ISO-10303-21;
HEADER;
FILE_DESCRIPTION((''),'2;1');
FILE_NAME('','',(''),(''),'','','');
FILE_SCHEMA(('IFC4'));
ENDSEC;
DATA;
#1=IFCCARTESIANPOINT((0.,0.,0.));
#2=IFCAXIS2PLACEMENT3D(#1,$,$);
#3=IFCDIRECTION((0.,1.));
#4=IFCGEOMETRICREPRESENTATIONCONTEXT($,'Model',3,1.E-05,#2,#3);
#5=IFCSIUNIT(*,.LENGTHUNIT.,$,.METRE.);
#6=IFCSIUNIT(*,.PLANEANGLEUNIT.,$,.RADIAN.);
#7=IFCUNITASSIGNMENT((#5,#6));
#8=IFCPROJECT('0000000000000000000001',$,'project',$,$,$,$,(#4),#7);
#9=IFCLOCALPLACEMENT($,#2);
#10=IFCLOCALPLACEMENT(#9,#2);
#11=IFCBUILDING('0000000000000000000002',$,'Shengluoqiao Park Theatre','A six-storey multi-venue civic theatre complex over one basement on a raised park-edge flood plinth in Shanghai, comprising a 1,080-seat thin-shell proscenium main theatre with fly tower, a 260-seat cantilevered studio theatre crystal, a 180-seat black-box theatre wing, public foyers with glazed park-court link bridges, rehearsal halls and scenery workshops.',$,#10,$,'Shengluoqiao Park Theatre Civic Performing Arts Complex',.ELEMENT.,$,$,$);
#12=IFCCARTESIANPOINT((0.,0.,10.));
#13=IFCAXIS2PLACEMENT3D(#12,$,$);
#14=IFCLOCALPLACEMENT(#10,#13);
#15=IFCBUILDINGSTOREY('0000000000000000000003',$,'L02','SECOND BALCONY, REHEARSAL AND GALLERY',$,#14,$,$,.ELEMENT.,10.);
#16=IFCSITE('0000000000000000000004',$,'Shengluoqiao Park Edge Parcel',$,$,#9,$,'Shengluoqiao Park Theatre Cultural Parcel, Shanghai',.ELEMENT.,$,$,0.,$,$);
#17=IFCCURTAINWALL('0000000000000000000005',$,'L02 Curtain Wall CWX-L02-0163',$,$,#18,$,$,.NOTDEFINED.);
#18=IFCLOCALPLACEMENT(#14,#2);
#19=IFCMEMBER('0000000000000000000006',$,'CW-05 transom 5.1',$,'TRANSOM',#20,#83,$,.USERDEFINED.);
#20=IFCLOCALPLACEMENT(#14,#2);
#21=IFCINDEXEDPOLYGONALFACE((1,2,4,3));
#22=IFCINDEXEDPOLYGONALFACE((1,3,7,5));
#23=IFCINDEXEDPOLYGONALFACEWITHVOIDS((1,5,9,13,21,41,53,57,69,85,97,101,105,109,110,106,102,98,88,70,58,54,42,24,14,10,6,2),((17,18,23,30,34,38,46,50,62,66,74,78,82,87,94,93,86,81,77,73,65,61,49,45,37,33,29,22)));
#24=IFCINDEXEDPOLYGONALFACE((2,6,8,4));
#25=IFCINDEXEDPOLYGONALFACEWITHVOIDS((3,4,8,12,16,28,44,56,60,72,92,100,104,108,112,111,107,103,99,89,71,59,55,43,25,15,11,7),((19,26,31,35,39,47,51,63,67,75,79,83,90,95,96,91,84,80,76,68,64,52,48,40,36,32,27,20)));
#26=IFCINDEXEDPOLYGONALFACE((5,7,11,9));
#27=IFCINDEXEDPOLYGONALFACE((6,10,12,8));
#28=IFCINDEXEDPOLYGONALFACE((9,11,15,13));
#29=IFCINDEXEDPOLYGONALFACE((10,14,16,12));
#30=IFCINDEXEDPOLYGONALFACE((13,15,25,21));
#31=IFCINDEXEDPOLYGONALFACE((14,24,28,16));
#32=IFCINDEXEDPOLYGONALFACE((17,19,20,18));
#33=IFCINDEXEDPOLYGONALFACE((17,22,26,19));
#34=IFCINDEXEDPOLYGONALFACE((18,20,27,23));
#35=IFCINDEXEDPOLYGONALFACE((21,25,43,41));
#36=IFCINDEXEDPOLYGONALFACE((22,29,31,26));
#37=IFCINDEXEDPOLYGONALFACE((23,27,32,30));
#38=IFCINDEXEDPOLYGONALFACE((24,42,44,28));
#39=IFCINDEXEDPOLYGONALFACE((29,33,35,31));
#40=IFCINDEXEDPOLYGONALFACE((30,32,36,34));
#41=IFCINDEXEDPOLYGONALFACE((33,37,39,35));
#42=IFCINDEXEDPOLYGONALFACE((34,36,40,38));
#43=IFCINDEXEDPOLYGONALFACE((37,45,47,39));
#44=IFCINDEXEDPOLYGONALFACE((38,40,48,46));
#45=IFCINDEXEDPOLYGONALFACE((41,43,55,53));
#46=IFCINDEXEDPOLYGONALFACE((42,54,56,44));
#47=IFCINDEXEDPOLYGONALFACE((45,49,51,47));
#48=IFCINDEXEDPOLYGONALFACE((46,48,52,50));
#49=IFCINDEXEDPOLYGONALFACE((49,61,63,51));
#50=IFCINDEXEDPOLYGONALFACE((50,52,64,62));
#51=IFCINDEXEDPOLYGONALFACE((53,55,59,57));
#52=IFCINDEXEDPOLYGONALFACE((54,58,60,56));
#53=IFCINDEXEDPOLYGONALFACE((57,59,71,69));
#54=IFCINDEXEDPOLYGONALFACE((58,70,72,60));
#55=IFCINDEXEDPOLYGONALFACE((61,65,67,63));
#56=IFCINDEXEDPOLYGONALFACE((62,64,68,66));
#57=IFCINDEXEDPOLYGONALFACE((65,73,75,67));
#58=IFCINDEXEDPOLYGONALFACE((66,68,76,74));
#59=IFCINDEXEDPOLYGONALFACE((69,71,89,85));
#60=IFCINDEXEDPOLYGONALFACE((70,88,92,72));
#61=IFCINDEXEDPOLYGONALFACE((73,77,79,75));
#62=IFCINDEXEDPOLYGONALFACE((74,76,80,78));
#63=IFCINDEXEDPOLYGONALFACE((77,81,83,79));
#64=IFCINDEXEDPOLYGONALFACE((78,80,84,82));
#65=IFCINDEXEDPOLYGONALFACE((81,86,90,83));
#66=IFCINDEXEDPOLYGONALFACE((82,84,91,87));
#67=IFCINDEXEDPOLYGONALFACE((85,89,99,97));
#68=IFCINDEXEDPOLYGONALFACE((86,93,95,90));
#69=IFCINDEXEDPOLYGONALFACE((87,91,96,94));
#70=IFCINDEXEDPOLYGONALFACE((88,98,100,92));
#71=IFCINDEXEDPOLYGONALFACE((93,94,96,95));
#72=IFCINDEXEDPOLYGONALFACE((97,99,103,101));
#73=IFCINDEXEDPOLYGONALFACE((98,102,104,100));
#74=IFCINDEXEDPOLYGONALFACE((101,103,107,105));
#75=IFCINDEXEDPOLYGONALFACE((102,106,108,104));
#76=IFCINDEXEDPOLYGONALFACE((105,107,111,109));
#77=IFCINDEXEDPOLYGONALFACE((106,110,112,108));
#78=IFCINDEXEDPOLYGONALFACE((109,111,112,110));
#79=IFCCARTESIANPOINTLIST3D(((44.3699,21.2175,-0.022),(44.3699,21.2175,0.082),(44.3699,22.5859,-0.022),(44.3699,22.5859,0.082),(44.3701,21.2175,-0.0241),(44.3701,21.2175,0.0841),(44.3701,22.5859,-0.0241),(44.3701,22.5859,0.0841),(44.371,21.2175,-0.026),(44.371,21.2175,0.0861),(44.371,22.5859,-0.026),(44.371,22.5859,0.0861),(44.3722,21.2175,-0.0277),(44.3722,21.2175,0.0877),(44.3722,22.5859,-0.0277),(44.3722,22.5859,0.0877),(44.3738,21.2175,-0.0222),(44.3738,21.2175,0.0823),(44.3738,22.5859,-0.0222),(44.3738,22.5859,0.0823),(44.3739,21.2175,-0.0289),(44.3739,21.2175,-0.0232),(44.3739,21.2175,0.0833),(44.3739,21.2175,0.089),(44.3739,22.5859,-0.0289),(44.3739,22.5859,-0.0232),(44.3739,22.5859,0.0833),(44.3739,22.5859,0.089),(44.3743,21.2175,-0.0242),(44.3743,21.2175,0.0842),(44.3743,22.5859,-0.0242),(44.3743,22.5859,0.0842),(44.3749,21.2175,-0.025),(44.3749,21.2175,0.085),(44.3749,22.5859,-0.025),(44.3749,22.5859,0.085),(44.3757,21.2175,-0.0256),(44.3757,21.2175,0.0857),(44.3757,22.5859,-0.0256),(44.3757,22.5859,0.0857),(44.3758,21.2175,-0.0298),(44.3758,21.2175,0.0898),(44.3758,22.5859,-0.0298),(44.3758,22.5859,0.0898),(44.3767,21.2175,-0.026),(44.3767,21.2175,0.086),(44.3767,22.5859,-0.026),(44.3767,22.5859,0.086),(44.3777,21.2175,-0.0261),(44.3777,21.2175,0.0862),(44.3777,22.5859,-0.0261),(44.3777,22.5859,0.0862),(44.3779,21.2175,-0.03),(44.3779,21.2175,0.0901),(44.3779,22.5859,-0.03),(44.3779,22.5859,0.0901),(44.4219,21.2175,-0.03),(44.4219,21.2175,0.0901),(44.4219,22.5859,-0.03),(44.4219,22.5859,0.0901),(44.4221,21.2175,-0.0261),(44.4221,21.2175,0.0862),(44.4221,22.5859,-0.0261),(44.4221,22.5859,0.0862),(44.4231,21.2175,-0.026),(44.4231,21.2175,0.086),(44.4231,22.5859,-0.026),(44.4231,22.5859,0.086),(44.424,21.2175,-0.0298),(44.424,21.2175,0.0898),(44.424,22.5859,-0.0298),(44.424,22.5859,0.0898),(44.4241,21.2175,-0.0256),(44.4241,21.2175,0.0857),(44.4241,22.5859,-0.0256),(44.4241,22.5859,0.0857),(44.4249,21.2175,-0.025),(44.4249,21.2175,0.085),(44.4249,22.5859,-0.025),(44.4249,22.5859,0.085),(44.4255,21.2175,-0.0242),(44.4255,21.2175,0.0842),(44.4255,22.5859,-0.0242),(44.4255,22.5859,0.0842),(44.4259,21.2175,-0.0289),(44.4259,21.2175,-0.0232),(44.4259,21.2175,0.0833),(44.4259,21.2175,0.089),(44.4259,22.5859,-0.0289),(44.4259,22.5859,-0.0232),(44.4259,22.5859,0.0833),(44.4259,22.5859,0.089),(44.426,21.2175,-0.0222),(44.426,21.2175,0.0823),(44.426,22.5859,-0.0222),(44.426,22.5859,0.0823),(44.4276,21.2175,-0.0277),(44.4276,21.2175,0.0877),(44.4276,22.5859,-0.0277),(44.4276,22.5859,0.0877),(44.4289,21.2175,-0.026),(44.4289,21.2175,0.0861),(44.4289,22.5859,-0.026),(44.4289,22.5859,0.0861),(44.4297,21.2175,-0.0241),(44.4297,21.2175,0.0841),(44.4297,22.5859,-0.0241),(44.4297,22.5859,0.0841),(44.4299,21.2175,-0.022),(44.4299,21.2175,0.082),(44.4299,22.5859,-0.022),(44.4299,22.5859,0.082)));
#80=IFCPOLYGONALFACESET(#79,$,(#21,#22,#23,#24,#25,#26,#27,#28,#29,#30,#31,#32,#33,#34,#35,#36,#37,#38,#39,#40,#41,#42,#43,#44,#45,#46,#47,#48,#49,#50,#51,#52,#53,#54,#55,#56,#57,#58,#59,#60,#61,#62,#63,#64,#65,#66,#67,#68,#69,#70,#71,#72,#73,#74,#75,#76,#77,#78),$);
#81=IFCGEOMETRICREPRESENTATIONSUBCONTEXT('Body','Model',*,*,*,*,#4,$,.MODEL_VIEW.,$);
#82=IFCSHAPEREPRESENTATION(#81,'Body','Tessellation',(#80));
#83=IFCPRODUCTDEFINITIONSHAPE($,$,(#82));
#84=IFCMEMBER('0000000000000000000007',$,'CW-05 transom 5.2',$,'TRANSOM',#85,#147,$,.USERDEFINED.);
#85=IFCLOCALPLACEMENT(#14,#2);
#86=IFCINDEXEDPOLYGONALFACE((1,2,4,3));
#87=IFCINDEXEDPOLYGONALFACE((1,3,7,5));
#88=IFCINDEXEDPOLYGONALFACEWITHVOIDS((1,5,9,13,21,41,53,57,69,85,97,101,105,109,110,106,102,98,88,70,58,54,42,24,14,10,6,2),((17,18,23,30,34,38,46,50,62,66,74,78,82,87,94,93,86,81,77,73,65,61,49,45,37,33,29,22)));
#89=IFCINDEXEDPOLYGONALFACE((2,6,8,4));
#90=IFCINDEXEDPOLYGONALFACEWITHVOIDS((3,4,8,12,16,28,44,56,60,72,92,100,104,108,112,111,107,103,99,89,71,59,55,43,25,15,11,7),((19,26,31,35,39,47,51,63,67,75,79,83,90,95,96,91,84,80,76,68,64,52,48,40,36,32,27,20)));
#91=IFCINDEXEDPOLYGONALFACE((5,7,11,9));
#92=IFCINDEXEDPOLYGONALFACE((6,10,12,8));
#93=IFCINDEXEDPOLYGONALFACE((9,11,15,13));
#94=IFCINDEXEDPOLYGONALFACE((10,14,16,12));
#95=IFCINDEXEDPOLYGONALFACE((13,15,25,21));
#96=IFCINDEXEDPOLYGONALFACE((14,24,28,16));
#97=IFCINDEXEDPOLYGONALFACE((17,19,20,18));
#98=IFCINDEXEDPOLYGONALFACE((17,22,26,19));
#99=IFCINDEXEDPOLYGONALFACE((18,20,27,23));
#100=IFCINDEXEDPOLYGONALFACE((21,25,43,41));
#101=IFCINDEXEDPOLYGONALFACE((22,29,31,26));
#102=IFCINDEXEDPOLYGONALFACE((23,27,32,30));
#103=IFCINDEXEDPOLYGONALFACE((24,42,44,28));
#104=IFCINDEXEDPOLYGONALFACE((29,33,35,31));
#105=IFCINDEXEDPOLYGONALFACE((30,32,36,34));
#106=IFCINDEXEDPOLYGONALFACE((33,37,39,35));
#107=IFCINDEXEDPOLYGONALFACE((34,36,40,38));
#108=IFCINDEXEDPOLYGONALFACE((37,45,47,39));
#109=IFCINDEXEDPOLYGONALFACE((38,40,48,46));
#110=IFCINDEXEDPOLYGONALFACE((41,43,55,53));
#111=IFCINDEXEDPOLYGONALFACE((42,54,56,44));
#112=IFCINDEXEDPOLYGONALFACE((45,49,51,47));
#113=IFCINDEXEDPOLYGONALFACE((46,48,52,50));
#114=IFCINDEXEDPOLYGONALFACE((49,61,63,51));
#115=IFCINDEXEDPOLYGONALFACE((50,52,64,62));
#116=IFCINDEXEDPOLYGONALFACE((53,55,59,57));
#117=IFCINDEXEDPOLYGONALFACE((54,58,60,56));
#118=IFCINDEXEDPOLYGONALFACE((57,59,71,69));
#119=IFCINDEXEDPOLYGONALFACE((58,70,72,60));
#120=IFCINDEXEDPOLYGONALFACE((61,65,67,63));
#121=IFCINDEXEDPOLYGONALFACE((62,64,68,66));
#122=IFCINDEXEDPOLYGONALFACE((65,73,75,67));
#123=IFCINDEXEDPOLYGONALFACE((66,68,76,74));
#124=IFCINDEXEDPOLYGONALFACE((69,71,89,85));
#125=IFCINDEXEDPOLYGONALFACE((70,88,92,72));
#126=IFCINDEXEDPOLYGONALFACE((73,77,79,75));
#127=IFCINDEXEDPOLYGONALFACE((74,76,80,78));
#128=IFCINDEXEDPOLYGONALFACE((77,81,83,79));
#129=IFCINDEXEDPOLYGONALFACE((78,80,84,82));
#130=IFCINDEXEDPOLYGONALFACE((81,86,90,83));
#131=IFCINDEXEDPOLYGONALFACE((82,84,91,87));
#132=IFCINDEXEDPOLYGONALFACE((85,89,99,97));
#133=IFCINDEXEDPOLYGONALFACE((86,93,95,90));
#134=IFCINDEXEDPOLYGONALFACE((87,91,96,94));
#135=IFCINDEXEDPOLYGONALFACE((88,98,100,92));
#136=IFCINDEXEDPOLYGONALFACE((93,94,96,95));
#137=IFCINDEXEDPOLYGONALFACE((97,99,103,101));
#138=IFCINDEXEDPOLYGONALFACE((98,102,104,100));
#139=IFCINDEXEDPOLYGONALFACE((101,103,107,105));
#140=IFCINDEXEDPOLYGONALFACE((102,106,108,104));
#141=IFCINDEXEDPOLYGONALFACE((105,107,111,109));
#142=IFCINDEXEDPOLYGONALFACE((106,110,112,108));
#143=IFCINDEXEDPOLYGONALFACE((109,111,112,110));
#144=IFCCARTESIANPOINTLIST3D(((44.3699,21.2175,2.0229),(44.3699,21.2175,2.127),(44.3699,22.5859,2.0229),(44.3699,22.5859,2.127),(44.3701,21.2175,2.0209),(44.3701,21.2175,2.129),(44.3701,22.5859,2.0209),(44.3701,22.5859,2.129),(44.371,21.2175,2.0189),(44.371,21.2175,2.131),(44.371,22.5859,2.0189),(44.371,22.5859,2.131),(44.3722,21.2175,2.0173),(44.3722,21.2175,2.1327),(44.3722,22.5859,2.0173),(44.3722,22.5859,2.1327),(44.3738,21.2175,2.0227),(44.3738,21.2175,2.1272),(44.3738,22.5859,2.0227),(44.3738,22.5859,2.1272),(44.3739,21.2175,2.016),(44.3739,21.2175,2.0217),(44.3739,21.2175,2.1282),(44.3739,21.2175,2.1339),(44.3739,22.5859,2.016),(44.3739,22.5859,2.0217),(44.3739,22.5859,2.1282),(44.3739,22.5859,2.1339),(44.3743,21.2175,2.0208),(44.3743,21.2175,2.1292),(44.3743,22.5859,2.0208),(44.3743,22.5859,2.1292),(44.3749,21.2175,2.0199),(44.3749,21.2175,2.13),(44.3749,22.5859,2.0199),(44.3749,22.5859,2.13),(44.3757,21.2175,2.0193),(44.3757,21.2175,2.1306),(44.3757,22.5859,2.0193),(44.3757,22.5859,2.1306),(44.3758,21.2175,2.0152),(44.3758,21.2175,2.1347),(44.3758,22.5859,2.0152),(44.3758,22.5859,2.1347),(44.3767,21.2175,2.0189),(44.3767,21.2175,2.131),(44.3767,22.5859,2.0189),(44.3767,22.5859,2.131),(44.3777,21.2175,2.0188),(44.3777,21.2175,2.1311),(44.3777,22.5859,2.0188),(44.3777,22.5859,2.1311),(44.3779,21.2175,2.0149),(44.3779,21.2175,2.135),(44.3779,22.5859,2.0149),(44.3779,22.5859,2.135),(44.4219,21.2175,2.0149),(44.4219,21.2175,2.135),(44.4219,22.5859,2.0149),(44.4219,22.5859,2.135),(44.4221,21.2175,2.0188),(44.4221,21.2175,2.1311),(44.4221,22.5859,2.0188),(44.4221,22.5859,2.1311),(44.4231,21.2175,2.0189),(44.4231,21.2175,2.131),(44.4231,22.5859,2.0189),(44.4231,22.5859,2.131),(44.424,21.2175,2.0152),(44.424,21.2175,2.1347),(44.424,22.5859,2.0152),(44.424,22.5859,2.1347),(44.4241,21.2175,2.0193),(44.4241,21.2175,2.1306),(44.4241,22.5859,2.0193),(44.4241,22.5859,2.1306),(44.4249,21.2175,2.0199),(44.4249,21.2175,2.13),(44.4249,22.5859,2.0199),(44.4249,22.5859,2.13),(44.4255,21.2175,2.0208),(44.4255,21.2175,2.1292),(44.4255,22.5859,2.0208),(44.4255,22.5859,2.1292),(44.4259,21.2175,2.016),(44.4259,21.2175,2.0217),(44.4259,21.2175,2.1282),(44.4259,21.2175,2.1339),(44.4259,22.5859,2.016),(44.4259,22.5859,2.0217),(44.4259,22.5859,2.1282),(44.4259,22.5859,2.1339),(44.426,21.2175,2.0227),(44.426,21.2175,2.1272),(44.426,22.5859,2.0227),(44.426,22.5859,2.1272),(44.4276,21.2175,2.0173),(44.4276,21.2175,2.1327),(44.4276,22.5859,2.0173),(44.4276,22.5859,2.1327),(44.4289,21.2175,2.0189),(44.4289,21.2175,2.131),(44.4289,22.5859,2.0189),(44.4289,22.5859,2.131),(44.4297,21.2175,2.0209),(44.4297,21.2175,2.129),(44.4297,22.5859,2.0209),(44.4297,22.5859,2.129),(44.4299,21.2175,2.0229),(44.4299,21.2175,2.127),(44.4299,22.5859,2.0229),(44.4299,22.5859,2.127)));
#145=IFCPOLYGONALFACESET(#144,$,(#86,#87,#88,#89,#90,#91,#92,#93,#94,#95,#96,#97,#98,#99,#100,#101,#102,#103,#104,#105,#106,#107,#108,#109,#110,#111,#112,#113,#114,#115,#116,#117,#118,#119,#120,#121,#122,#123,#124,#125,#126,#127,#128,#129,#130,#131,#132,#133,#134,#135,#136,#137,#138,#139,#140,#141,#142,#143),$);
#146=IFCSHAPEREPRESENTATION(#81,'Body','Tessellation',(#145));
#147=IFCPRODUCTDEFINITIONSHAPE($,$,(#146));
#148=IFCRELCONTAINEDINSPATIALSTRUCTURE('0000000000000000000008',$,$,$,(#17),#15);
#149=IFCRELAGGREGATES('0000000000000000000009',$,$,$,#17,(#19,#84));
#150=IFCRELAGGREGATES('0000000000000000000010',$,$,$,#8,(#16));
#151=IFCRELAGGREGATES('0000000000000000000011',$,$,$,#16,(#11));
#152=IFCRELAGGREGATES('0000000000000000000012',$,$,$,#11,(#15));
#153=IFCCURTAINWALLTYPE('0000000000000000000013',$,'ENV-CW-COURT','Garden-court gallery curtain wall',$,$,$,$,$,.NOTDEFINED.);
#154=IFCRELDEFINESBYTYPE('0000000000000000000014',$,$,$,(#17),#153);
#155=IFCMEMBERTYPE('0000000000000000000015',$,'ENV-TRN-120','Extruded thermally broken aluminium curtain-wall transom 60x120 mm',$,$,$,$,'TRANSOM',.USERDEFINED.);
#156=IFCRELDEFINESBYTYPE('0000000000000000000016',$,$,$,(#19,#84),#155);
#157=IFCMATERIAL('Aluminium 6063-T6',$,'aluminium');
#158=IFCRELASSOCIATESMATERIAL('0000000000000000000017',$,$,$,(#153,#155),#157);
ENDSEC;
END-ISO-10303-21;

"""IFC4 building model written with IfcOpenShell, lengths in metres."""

from ifc_helpers import new_model, si_unit, direction, frame, origin, origin_2d, place, context, subcontext, project, spatial, hollow_rectangle, extrude, material, material_profile, profile_set, type_object, element, aggregate, save


model = new_model("IFC4")

# Units and contexts
model_context = context("Model", 3, precision=1e-05, world=origin(), true_north=direction((0.0, 1.0)))
body_context = subcontext(model_context, "Body", "Model", "MODEL_VIEW")
ifc_project = project(units=[si_unit("LENGTHUNIT", "METRE"), si_unit("PLANEANGLEUNIT", "RADIAN")], contexts=[model_context])

# Site, building, storey
site_placement = place(None, origin())
site = spatial("IfcSite", under=ifc_project, at=site_placement, Name="Shengluoqiao Park Edge Parcel", LongName="Shengluoqiao Park Theatre Cultural Parcel, Shanghai", CompositionType="ELEMENT", RefElevation=0.0)
building_placement = place(site_placement, origin())
building = spatial("IfcBuilding", under=site, at=building_placement, Name="Shengluoqiao Park Theatre", Description="A six-storey multi-venue civic theatre complex over one basement on a raised park-edge flood plinth in Shanghai, comprising a 1,080-seat thin-shell proscenium main theatre with fly tower, a 260-seat cantilevered studio theatre crystal, a 180-seat black-box theatre wing, public foyers with glazed park-court link bridges, rehearsal halls and scenery workshops.", LongName="Shengluoqiao Park Theatre Civic Performing Arts Complex", CompositionType="ELEMENT")
storey_placement = place(building_placement, frame((0.0, 0.0, 10.0)))
storey = spatial("IfcBuildingStorey", under=building, at=storey_placement, Name="L02", Description="SECOND BALCONY, REHEARSAL AND GALLERY", CompositionType="ELEMENT", Elevation=10.0)

# Curtain wall, members
ifc_material_1 = material(Name="Aluminium 6063-T6", Category="aluminium")
curtain_wall_type = type_object("IfcCurtainWallType", Name="ENV-CW-COURT", Description="Garden-court gallery curtain wall", PredefinedType="NOTDEFINED", material=ifc_material_1)
curtain_wall_1_placement = place(storey_placement, origin())
curtain_wall_1 = element("IfcCurtainWall", 1, at=curtain_wall_1_placement, inside=storey, type_object=curtain_wall_type, Name="L02 Curtain Wall CWX-L02-0163", PredefinedType="NOTDEFINED")
ifc_material_profile_1 = material_profile(ifc_material_1, hollow_rectangle(XDim=0.0601, YDim=0.1201, WallThickness=0.0039, InnerFilletRadius=0.0039, OuterFilletRadius=0.0081, at=origin_2d()), Name="ALU TRANSOM 120x60x4")
ifc_profile_set_1 = profile_set([ifc_material_profile_1], Name="Aluminium 6063-T6")
member_type_1 = type_object("IfcMemberType", Name="ENV-TRN-120", Description="Extruded thermally broken aluminium curtain-wall transom 60x120 mm", ElementType="TRANSOM", PredefinedType="USERDEFINED", material=ifc_profile_set_1)
member_1_placement = place(storey_placement, frame((44.3999, 21.2175, 0.03), z_axis=(0.0, 1.0, 0.0), x_axis=(-1.0, 0.0, 0.0)))
member_1 = element("IfcMember", 2, at=member_1_placement, type_object=member_type_1, Name="CW-05 transom 5.1", ObjectType="TRANSOM", PredefinedType="USERDEFINED", context=body_context, shape_type="SweptSolid", body=[
    extrude(hollow_rectangle(XDim=0.0601, YDim=0.1201, WallThickness=0.0039, InnerFilletRadius=0.0039, OuterFilletRadius=0.0081, at=origin_2d()), origin(), (0.0, 0.0, 1.0), 1.3684),
])
member_2_placement = place(storey_placement, frame((44.3999, 21.2175, 2.075), z_axis=(0.0, 1.0, 0.0), x_axis=(-1.0, 0.0, 0.0)))
member_2 = element("IfcMember", 3, at=member_2_placement, type_object=member_type_1, Name="CW-05 transom 5.2", ObjectType="TRANSOM", PredefinedType="USERDEFINED", context=body_context, shape_type="SweptSolid", body=[
    extrude(hollow_rectangle(XDim=0.0601, YDim=0.1201, WallThickness=0.0039, InnerFilletRadius=0.0039, OuterFilletRadius=0.0081, at=origin_2d()), origin(), (0.0, 0.0, 1.0), 1.3684),
])

aggregate(curtain_wall_1, [member_1, member_2])

save(model, "model.ifc")
